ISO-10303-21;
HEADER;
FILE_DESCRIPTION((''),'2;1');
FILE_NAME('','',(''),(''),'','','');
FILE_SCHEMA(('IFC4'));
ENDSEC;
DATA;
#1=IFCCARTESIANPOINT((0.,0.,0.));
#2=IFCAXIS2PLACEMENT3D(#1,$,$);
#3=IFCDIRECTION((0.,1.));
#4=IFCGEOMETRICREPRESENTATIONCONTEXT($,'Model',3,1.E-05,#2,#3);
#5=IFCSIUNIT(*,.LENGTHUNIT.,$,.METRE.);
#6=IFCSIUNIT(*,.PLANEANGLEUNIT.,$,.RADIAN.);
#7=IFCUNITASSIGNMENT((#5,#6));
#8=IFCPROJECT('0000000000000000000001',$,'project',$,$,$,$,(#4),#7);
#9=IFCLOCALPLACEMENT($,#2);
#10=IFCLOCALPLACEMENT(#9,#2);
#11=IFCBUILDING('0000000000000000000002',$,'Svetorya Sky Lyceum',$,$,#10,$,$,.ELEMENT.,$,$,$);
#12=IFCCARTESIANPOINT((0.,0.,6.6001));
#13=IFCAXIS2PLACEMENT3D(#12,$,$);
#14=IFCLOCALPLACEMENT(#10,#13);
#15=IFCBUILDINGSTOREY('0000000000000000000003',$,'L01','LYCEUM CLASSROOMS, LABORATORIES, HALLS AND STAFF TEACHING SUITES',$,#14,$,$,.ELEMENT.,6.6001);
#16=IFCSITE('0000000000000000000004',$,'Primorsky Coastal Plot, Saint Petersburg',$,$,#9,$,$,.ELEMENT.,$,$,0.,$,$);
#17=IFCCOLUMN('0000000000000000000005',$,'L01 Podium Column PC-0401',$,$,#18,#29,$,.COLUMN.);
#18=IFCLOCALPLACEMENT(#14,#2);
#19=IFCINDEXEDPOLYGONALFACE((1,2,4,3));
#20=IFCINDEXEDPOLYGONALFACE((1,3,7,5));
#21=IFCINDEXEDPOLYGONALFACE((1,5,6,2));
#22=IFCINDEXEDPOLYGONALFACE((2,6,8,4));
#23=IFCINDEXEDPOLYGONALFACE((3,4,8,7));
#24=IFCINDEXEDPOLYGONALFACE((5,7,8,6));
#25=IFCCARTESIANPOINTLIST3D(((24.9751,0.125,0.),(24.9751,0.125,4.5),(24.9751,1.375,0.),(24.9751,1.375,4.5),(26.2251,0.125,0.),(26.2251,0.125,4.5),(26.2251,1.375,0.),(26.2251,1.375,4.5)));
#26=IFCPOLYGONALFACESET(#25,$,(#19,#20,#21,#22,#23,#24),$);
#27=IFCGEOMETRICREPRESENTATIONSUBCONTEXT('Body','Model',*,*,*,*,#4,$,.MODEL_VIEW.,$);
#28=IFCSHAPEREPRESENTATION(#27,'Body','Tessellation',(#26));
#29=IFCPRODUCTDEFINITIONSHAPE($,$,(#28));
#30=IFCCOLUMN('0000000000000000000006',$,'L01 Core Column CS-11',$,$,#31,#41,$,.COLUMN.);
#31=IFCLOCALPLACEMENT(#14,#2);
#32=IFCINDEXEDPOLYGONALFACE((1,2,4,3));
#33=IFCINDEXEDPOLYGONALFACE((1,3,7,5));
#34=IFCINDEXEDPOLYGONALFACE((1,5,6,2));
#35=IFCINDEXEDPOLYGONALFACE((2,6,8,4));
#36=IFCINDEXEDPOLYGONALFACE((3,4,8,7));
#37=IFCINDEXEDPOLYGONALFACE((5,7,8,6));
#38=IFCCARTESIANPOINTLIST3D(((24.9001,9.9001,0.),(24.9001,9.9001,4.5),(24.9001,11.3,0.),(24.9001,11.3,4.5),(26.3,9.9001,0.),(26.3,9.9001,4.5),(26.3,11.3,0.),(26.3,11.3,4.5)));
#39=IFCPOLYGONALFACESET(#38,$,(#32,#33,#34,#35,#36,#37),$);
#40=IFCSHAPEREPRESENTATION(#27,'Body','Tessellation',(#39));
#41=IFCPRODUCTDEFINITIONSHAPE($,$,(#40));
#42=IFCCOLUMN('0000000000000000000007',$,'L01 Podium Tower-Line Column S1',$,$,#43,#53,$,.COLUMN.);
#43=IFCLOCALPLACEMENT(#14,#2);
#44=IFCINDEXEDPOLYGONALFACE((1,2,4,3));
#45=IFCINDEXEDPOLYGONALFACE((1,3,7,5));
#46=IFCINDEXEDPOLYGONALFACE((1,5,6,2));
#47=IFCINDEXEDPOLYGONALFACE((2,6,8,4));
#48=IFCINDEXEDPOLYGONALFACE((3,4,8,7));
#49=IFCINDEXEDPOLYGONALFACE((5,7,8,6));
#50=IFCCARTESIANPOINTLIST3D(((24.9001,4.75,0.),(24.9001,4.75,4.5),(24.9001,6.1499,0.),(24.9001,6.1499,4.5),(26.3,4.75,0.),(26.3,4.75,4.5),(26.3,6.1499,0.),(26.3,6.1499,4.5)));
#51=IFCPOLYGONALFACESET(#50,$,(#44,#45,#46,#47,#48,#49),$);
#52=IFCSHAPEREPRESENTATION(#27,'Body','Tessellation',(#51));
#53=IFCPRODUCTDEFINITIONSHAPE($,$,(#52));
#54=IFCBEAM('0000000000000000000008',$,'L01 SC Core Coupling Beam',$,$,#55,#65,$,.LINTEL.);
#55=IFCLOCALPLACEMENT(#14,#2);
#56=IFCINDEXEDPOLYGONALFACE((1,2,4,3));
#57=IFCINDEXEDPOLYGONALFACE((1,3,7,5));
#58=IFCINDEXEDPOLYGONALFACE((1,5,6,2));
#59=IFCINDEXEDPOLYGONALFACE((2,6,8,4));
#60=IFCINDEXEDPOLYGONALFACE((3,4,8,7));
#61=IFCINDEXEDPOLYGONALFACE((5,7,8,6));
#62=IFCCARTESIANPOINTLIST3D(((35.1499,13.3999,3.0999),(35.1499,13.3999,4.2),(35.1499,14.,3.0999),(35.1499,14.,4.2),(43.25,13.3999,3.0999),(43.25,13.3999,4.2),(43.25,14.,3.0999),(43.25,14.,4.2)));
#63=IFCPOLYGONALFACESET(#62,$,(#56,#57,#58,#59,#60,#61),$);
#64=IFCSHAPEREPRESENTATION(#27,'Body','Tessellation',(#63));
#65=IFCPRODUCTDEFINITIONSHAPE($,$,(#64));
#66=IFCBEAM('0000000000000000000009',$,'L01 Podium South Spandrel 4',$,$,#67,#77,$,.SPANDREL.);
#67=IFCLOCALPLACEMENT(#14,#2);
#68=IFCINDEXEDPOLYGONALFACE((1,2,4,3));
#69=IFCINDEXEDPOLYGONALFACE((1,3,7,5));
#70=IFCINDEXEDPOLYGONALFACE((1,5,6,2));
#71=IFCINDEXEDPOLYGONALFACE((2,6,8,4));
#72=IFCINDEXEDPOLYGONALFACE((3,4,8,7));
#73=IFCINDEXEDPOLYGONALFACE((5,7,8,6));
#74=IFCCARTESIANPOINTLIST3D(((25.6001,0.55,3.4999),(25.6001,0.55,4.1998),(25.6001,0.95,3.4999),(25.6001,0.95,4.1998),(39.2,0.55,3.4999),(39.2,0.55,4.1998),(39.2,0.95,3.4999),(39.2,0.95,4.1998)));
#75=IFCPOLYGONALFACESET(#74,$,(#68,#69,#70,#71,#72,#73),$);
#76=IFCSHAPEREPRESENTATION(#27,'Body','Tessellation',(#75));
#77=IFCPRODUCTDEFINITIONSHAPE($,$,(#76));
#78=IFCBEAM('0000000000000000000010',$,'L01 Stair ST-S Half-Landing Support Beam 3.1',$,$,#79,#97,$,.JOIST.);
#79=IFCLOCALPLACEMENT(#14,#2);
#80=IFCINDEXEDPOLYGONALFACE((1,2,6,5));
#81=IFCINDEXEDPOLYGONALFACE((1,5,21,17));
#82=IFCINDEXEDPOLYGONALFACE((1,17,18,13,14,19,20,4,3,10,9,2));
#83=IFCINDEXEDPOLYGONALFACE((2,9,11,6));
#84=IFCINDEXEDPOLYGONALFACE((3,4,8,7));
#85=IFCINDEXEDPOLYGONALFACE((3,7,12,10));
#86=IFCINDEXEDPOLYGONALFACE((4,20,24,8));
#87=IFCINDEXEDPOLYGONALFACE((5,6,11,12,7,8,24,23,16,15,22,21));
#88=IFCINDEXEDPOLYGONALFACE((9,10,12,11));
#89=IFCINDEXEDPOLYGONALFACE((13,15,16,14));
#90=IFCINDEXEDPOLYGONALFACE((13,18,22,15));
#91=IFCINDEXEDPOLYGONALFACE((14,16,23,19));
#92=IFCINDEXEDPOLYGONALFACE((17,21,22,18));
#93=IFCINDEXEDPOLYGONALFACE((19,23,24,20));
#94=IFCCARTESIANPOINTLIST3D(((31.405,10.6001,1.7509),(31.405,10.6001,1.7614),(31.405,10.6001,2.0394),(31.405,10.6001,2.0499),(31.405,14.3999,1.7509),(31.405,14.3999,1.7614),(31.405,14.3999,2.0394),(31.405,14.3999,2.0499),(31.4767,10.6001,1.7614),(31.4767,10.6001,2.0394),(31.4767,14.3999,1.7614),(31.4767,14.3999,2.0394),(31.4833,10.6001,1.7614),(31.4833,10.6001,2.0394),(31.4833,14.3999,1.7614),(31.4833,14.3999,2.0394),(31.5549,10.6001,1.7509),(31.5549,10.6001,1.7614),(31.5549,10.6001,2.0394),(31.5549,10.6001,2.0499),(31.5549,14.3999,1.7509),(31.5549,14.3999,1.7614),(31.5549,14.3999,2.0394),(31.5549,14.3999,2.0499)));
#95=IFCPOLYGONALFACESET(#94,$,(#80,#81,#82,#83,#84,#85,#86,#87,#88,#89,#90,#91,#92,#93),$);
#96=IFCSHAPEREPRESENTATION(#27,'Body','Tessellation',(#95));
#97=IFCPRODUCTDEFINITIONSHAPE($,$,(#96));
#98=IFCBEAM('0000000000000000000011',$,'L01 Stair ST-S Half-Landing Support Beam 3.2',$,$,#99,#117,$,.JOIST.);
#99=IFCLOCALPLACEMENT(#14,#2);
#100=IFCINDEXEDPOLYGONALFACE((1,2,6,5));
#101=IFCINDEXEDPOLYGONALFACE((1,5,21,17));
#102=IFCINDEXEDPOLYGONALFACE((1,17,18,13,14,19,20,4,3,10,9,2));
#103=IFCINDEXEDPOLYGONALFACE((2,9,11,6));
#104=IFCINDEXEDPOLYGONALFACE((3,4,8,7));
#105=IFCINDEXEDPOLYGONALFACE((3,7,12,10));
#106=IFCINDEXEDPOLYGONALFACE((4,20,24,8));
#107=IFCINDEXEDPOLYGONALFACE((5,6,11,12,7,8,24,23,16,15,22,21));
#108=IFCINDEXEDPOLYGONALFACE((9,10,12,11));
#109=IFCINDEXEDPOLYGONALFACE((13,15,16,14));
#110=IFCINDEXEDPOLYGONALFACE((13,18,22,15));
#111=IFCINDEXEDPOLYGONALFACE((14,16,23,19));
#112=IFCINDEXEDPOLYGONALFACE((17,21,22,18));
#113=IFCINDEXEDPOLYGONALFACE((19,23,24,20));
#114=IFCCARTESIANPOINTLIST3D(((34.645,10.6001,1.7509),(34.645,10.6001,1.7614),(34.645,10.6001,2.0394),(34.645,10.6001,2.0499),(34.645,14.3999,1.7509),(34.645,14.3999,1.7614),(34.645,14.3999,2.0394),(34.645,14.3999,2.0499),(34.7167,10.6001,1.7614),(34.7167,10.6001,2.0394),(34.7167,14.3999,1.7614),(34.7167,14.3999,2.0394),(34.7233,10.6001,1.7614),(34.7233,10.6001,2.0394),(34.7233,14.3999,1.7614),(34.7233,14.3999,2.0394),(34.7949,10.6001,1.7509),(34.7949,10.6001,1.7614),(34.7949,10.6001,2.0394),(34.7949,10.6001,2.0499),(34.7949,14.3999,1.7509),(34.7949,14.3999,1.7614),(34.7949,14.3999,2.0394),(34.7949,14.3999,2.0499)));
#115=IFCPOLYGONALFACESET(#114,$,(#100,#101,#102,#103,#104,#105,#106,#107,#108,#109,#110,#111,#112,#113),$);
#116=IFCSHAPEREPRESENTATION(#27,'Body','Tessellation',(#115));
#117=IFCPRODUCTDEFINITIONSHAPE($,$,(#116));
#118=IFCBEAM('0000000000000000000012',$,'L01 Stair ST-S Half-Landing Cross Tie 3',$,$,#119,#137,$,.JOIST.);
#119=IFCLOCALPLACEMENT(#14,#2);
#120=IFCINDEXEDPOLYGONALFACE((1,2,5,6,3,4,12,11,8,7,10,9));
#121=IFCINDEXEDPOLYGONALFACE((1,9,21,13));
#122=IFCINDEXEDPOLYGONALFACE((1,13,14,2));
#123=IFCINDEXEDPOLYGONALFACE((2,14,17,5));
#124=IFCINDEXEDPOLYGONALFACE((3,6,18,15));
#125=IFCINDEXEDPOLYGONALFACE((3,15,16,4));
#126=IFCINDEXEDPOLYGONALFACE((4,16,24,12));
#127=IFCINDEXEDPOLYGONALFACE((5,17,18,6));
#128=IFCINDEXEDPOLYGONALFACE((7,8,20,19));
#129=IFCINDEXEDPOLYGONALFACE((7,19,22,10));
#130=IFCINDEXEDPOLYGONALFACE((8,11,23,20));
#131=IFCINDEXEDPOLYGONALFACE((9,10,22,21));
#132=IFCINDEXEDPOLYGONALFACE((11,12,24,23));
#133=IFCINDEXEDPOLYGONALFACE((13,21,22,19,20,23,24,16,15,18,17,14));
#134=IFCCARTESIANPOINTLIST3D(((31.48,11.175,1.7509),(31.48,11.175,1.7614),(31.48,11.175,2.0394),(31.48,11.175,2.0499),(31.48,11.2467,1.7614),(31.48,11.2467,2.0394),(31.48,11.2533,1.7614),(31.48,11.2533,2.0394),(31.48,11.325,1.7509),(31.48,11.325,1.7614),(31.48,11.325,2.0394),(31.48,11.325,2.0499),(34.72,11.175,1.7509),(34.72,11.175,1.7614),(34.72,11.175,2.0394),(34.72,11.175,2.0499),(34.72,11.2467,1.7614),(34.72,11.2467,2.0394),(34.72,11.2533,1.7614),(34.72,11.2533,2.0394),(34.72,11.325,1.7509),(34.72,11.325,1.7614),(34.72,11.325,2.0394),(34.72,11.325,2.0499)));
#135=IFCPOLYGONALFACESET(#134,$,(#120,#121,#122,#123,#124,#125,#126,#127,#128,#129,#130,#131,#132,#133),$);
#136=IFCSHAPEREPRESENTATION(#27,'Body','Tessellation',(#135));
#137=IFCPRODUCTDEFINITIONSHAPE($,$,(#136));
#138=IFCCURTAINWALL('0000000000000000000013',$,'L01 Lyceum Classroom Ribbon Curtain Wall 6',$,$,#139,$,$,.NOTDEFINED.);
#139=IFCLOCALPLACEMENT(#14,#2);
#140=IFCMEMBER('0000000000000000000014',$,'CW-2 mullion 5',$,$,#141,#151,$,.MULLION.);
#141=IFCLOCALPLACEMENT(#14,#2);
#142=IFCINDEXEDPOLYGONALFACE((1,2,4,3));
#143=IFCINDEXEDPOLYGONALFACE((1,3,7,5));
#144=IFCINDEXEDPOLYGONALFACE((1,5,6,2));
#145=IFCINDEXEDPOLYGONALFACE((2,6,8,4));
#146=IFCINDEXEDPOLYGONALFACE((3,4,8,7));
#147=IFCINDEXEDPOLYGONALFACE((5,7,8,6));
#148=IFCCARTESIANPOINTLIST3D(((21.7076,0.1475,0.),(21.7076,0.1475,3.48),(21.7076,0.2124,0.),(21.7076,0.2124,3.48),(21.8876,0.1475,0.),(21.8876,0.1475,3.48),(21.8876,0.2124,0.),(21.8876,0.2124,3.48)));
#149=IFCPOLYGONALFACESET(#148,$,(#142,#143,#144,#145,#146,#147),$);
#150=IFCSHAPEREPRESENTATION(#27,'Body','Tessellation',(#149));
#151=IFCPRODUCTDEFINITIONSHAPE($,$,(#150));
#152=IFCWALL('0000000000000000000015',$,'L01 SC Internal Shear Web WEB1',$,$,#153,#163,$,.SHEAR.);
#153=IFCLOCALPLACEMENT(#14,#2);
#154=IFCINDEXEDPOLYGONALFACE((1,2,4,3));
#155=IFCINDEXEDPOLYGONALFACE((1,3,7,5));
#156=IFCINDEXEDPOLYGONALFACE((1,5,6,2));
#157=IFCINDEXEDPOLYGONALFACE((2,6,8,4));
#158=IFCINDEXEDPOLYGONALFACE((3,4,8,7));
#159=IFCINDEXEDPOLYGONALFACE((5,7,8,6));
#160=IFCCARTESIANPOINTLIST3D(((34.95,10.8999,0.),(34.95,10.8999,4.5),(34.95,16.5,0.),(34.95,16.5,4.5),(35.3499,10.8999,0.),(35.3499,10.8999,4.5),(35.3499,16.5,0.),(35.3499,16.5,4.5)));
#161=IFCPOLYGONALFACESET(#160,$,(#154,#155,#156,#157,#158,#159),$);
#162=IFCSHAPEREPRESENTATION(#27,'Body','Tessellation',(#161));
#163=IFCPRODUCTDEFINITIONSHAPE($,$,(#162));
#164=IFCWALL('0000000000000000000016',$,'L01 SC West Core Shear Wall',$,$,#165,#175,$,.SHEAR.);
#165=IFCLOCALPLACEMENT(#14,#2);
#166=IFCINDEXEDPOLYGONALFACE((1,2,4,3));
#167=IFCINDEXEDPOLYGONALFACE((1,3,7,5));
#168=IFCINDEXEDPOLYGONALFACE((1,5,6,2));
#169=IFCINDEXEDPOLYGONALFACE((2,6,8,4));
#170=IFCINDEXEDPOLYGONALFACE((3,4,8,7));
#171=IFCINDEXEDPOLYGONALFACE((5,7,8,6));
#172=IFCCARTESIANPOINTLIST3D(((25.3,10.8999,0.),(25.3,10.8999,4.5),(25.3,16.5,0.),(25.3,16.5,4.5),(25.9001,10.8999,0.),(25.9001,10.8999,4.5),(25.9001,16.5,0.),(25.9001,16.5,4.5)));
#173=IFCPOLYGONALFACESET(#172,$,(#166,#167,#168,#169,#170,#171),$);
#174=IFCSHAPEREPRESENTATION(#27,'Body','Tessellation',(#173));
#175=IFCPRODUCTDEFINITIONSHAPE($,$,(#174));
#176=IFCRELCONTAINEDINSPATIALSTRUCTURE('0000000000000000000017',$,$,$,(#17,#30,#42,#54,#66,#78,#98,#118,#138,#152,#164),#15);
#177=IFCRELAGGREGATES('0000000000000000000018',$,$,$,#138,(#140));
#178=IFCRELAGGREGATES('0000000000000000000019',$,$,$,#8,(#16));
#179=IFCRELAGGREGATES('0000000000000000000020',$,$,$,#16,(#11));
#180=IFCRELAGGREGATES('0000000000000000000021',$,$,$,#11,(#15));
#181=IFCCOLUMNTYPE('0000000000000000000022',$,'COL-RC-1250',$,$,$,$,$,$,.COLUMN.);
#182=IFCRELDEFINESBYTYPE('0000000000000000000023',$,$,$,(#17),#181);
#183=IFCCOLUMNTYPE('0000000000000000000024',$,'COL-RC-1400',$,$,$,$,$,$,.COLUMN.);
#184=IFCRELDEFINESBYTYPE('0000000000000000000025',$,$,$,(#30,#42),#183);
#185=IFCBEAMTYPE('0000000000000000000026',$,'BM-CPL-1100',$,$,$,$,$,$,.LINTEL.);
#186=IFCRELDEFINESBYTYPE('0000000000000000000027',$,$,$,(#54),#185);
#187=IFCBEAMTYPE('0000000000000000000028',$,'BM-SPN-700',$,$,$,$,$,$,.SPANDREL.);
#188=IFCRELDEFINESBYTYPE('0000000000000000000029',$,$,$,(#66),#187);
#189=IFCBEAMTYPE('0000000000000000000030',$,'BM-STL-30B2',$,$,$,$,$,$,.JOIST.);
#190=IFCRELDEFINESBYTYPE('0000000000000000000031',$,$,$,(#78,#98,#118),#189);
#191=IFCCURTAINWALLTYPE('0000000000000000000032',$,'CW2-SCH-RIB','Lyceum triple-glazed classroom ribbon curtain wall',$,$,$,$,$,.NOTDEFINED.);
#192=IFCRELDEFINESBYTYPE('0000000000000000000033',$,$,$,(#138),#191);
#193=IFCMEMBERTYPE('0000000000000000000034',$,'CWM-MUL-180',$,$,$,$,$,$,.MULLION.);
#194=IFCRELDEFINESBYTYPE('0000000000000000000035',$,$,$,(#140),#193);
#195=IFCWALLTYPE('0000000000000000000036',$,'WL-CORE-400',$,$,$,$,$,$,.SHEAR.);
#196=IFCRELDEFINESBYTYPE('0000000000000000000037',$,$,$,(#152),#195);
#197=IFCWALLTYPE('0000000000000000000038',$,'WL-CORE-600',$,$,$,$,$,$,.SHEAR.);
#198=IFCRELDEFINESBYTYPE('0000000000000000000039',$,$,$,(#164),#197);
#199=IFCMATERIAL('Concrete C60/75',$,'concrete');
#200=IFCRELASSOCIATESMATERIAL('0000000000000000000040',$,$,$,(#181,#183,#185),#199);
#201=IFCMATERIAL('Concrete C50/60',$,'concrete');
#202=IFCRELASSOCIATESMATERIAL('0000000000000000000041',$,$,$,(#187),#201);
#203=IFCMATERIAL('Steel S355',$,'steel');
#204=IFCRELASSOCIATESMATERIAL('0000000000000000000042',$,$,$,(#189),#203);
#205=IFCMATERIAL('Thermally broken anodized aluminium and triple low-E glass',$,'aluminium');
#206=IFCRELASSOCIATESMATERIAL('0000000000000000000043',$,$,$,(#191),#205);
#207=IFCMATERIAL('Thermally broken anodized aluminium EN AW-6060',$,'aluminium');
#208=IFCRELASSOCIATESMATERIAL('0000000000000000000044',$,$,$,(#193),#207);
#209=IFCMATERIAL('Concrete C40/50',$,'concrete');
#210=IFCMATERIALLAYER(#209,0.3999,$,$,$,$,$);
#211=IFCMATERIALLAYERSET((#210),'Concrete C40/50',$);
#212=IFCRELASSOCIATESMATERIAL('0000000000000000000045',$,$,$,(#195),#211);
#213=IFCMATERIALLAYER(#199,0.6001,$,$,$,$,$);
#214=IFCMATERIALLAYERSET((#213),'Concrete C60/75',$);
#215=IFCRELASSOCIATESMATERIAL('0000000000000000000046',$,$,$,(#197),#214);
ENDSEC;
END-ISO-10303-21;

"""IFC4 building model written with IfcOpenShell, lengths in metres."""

from ifc_helpers import new_model, si_unit, direction, frame, frame_2d, origin, origin_2d, place, context, subcontext, project, spatial, rectangle, i_section, extrude, material, layer, layer_set, material_profile, profile_set, type_object, element, aggregate, save


model = new_model("IFC4")

# Units and contexts
model_context = context("Model", 3, precision=1e-05, world=origin(), true_north=direction((0.0, 1.0)))
body_context = subcontext(model_context, "Body", "Model", "MODEL_VIEW")
ifc_project = project(units=[si_unit("LENGTHUNIT", "METRE"), si_unit("PLANEANGLEUNIT", "RADIAN")], contexts=[model_context])

# Site, building, storey
site_placement = place(None, origin())
site = spatial("IfcSite", under=ifc_project, at=site_placement, Name="Primorsky Coastal Plot, Saint Petersburg", CompositionType="ELEMENT", RefElevation=0.0)
building_placement = place(site_placement, origin())
building = spatial("IfcBuilding", under=site, at=building_placement, Name="Svetorya Sky Lyceum", CompositionType="ELEMENT")
storey_placement = place(building_placement, frame((0.0, 0.0, 6.6001)))
storey = spatial("IfcBuildingStorey", under=building, at=storey_placement, Name="L01", Description="LYCEUM CLASSROOMS, LABORATORIES, HALLS AND STAFF TEACHING SUITES", CompositionType="ELEMENT", Elevation=6.6001)

# Columns
ifc_material_1 = material(Name="Concrete C60/75", Category="concrete")
ifc_material_profile_1 = material_profile(ifc_material_1, rectangle(XDim=1.25, YDim=1.25, at=origin_2d()), Name="RC COL 1250x1250")
ifc_profile_set_1 = profile_set([ifc_material_profile_1], Name="Concrete C60/75")
column_type_1 = type_object("IfcColumnType", Name="COL-RC-1250", PredefinedType="COLUMN", material=ifc_profile_set_1)
column_placement = place(storey_placement, frame((25.6001, 0.75, 0.0), z_axis=(0.0, 0.0, 1.0), x_axis=(1.0, 0.0, 0.0)))
element("IfcColumn", 1, at=column_placement, inside=storey, type_object=column_type_1, Name="L01 Podium Column PC-0401", PredefinedType="COLUMN", context=body_context, shape_type="SweptSolid", body=[
    extrude(rectangle(XDim=1.25, YDim=1.25, at=origin_2d()), origin(), (0.0, 0.0, 1.0), 4.5),
])
ifc_material_profile_2 = material_profile(ifc_material_1, rectangle(XDim=1.3999, YDim=1.3999, at=origin_2d()), Name="RC COL 1400x1400")
ifc_profile_set_2 = profile_set([ifc_material_profile_2], Name="Concrete C60/75")
column_type_2 = type_object("IfcColumnType", Name="COL-RC-1400", PredefinedType="COLUMN", material=ifc_profile_set_2)
for number, where, z_axis, x_axis, name in (
    (2, (25.6001, 10.6001, 0.0), (0.0, 0.0, 1.0), (1.0, 0.0, 0.0), "L01 Core Column CS-11"),
    (3, (25.6001, 5.45, 0.0), (0.0, 0.0, 1.0), (1.0, 0.0, 0.0), "L01 Podium Tower-Line Column S1"),
):
    element("IfcColumn", number, at=place(storey_placement, frame(where, z_axis=z_axis, x_axis=x_axis)), inside=storey, type_object=column_type_2, Name=name, PredefinedType="COLUMN", context=body_context, shape_type="SweptSolid", body=[
        extrude(rectangle(XDim=1.3999, YDim=1.3999, at=origin_2d()), origin(), (0.0, 0.0, 1.0), 4.5),
    ])

# Beams
ifc_material_profile_3 = material_profile(ifc_material_1, rectangle(XDim=0.6001, YDim=1.1001, at=origin_2d()), Name="RC COUPLING 600x1100")
ifc_profile_set_3 = profile_set([ifc_material_profile_3], Name="Concrete C60/75")
beam_type_1 = type_object("IfcBeamType", Name="BM-CPL-1100", PredefinedType="LINTEL", material=ifc_profile_set_3)
beam_1_placement = place(storey_placement, frame((35.1499, 13.7, 3.6499), z_axis=(1.0, 0.0, 0.0), x_axis=(0.0, 1.0, 0.0)))
element("IfcBeam", 4, at=beam_1_placement, inside=storey, type_object=beam_type_1, Name="L01 SC Core Coupling Beam", PredefinedType="LINTEL", context=body_context, shape_type="SweptSolid", body=[
    extrude(rectangle(XDim=0.6001, YDim=1.1001, at=origin_2d()), origin(), (0.0, 0.0, 1.0), 8.1001),
])
ifc_material_2 = material(Name="Concrete C50/60", Category="concrete")
ifc_material_profile_4 = material_profile(ifc_material_2, rectangle(XDim=0.3999, YDim=0.7, at=origin_2d()), Name="RC SPANDREL 400x700")
ifc_profile_set_4 = profile_set([ifc_material_profile_4], Name="Concrete C50/60")
beam_type_2 = type_object("IfcBeamType", Name="BM-SPN-700", PredefinedType="SPANDREL", material=ifc_profile_set_4)
beam_2_placement = place(storey_placement, frame((25.6001, 0.75, 3.8499), z_axis=(1.0, 0.0, 0.0), x_axis=(0.0, 1.0, 0.0)))
element("IfcBeam", 5, at=beam_2_placement, inside=storey, type_object=beam_type_2, Name="L01 Podium South Spandrel 4", PredefinedType="SPANDREL", context=body_context, shape_type="SweptSolid", body=[
    extrude(rectangle(XDim=0.3999, YDim=0.7, at=origin_2d()), origin(), (0.0, 0.0, 1.0), 13.5999),
])
ifc_material_3 = material(Name="Steel S355", Category="steel")
ifc_material_profile_5 = material_profile(ifc_material_3, i_section(OverallWidth=0.1499, OverallDepth=0.2991, WebThickness=0.0066, FlangeThickness=0.0105, at=origin_2d()), Name="GOST 30B2")
ifc_profile_set_5 = profile_set([ifc_material_profile_5], Name="Steel S355")
beam_type_3 = type_object("IfcBeamType", Name="BM-STL-30B2", PredefinedType="JOIST", material=ifc_profile_set_5)
for number, where, z_axis, x_axis, name in (
    (6, (31.48, 10.6001, 1.9004), (0.0, 1.0, 0.0), (-1.0, 0.0, 0.0), "L01 Stair ST-S Half-Landing Support Beam 3.1"),
    (7, (34.72, 10.6001, 1.9004), (0.0, 1.0, 0.0), (-1.0, 0.0, 0.0), "L01 Stair ST-S Half-Landing Support Beam 3.2"),
):
    element("IfcBeam", number, at=place(storey_placement, frame(where, z_axis=z_axis, x_axis=x_axis)), inside=storey, type_object=beam_type_3, Name=name, PredefinedType="JOIST", context=body_context, shape_type="SweptSolid", body=[
        extrude(i_section(OverallWidth=0.1499, OverallDepth=0.2991, WebThickness=0.0066, FlangeThickness=0.0105, at=origin_2d()), origin(), (0.0, 0.0, 1.0), 3.7998),
    ])
beam_3_placement = place(storey_placement, frame((31.48, 11.25, 1.9004), z_axis=(1.0, 0.0, 0.0), x_axis=(0.0, 1.0, 0.0)))
element("IfcBeam", 8, at=beam_3_placement, inside=storey, type_object=beam_type_3, Name="L01 Stair ST-S Half-Landing Cross Tie 3", PredefinedType="JOIST", context=body_context, shape_type="SweptSolid", body=[
    extrude(i_section(OverallWidth=0.1499, OverallDepth=0.2991, WebThickness=0.0066, FlangeThickness=0.0105, at=origin_2d()), origin(), (0.0, 0.0, 1.0), 3.24),
])

# Curtain wall, member
ifc_material_4 = material(Name="Thermally broken anodized aluminium and triple low-E glass", Category="aluminium")
curtain_wall_type = type_object("IfcCurtainWallType", Name="CW2-SCH-RIB", Description="Lyceum triple-glazed classroom ribbon curtain wall", PredefinedType="NOTDEFINED", material=ifc_material_4)
curtain_wall_placement = place(storey_placement, origin())
curtain_wall = element("IfcCurtainWall", 9, at=curtain_wall_placement, inside=storey, type_object=curtain_wall_type, Name="L01 Lyceum Classroom Ribbon Curtain Wall 6", PredefinedType="NOTDEFINED")
ifc_material_5 = material(Name="Thermally broken anodized aluminium EN AW-6060", Category="aluminium")
ifc_material_profile_6 = material_profile(ifc_material_5, rectangle(XDim=0.0649, YDim=0.1799, at=origin_2d()), Name="ALU MULLION 65x180")
ifc_profile_set_6 = profile_set([ifc_material_profile_6], Name="Thermally broken anodized aluminium EN AW-6060")
member_type = type_object("IfcMemberType", Name="CWM-MUL-180", PredefinedType="MULLION", material=ifc_profile_set_6)
member_placement = place(storey_placement, frame((21.7976, 0.1799, 0.0), z_axis=(0.0, 0.0, 1.0), x_axis=(0.0, 1.0, 0.0)))
member = element("IfcMember", 10, at=member_placement, type_object=member_type, Name="CW-2 mullion 5", PredefinedType="MULLION", context=body_context, shape_type="SweptSolid", body=[
    extrude(rectangle(XDim=0.0649, YDim=0.1799, at=origin_2d()), origin(), (0.0, 0.0, 1.0), 3.48),
])
aggregate(curtain_wall, [member])

# Walls
ifc_material_6 = material(Name="Concrete C40/50", Category="concrete")
ifc_layer_1 = layer(ifc_material_6, 0.3999)
ifc_layer_set_1 = layer_set([ifc_layer_1], Name="Concrete C40/50")
wall_type_1 = type_object("IfcWallType", Name="WL-CORE-400", PredefinedType="SHEAR", material=ifc_layer_set_1)
wall_1_placement = place(storey_placement, frame((35.1499, 10.8999, 0.0), z_axis=(0.0, 0.0, 1.0), x_axis=(0.0, 1.0, 0.0)))
element("IfcWall", 11, at=wall_1_placement, inside=storey, type_object=wall_type_1, Name="L01 SC Internal Shear Web WEB1", PredefinedType="SHEAR", context=body_context, shape_type="SweptSolid", body=[
    extrude(rectangle(XDim=5.6001, YDim=0.3999, at=frame_2d((2.8, 0.0))), origin(), (0.0, 0.0, 1.0), 4.5),
])
ifc_layer_2 = layer(ifc_material_1, 0.6001)
ifc_layer_set_2 = layer_set([ifc_layer_2], Name="Concrete C60/75")
wall_type_2 = type_object("IfcWallType", Name="WL-CORE-600", PredefinedType="SHEAR", material=ifc_layer_set_2)
wall_2_placement = place(storey_placement, frame((25.6001, 10.8999, 0.0), z_axis=(0.0, 0.0, 1.0), x_axis=(0.0, 1.0, 0.0)))
element("IfcWall", 12, at=wall_2_placement, inside=storey, type_object=wall_type_2, Name="L01 SC West Core Shear Wall", PredefinedType="SHEAR", context=body_context, shape_type="SweptSolid", body=[
    extrude(rectangle(XDim=5.6001, YDim=0.6001, at=frame_2d((2.8, 0.0))), origin(), (0.0, 0.0, 1.0), 4.5),
])

save(model, "model.ifc")
